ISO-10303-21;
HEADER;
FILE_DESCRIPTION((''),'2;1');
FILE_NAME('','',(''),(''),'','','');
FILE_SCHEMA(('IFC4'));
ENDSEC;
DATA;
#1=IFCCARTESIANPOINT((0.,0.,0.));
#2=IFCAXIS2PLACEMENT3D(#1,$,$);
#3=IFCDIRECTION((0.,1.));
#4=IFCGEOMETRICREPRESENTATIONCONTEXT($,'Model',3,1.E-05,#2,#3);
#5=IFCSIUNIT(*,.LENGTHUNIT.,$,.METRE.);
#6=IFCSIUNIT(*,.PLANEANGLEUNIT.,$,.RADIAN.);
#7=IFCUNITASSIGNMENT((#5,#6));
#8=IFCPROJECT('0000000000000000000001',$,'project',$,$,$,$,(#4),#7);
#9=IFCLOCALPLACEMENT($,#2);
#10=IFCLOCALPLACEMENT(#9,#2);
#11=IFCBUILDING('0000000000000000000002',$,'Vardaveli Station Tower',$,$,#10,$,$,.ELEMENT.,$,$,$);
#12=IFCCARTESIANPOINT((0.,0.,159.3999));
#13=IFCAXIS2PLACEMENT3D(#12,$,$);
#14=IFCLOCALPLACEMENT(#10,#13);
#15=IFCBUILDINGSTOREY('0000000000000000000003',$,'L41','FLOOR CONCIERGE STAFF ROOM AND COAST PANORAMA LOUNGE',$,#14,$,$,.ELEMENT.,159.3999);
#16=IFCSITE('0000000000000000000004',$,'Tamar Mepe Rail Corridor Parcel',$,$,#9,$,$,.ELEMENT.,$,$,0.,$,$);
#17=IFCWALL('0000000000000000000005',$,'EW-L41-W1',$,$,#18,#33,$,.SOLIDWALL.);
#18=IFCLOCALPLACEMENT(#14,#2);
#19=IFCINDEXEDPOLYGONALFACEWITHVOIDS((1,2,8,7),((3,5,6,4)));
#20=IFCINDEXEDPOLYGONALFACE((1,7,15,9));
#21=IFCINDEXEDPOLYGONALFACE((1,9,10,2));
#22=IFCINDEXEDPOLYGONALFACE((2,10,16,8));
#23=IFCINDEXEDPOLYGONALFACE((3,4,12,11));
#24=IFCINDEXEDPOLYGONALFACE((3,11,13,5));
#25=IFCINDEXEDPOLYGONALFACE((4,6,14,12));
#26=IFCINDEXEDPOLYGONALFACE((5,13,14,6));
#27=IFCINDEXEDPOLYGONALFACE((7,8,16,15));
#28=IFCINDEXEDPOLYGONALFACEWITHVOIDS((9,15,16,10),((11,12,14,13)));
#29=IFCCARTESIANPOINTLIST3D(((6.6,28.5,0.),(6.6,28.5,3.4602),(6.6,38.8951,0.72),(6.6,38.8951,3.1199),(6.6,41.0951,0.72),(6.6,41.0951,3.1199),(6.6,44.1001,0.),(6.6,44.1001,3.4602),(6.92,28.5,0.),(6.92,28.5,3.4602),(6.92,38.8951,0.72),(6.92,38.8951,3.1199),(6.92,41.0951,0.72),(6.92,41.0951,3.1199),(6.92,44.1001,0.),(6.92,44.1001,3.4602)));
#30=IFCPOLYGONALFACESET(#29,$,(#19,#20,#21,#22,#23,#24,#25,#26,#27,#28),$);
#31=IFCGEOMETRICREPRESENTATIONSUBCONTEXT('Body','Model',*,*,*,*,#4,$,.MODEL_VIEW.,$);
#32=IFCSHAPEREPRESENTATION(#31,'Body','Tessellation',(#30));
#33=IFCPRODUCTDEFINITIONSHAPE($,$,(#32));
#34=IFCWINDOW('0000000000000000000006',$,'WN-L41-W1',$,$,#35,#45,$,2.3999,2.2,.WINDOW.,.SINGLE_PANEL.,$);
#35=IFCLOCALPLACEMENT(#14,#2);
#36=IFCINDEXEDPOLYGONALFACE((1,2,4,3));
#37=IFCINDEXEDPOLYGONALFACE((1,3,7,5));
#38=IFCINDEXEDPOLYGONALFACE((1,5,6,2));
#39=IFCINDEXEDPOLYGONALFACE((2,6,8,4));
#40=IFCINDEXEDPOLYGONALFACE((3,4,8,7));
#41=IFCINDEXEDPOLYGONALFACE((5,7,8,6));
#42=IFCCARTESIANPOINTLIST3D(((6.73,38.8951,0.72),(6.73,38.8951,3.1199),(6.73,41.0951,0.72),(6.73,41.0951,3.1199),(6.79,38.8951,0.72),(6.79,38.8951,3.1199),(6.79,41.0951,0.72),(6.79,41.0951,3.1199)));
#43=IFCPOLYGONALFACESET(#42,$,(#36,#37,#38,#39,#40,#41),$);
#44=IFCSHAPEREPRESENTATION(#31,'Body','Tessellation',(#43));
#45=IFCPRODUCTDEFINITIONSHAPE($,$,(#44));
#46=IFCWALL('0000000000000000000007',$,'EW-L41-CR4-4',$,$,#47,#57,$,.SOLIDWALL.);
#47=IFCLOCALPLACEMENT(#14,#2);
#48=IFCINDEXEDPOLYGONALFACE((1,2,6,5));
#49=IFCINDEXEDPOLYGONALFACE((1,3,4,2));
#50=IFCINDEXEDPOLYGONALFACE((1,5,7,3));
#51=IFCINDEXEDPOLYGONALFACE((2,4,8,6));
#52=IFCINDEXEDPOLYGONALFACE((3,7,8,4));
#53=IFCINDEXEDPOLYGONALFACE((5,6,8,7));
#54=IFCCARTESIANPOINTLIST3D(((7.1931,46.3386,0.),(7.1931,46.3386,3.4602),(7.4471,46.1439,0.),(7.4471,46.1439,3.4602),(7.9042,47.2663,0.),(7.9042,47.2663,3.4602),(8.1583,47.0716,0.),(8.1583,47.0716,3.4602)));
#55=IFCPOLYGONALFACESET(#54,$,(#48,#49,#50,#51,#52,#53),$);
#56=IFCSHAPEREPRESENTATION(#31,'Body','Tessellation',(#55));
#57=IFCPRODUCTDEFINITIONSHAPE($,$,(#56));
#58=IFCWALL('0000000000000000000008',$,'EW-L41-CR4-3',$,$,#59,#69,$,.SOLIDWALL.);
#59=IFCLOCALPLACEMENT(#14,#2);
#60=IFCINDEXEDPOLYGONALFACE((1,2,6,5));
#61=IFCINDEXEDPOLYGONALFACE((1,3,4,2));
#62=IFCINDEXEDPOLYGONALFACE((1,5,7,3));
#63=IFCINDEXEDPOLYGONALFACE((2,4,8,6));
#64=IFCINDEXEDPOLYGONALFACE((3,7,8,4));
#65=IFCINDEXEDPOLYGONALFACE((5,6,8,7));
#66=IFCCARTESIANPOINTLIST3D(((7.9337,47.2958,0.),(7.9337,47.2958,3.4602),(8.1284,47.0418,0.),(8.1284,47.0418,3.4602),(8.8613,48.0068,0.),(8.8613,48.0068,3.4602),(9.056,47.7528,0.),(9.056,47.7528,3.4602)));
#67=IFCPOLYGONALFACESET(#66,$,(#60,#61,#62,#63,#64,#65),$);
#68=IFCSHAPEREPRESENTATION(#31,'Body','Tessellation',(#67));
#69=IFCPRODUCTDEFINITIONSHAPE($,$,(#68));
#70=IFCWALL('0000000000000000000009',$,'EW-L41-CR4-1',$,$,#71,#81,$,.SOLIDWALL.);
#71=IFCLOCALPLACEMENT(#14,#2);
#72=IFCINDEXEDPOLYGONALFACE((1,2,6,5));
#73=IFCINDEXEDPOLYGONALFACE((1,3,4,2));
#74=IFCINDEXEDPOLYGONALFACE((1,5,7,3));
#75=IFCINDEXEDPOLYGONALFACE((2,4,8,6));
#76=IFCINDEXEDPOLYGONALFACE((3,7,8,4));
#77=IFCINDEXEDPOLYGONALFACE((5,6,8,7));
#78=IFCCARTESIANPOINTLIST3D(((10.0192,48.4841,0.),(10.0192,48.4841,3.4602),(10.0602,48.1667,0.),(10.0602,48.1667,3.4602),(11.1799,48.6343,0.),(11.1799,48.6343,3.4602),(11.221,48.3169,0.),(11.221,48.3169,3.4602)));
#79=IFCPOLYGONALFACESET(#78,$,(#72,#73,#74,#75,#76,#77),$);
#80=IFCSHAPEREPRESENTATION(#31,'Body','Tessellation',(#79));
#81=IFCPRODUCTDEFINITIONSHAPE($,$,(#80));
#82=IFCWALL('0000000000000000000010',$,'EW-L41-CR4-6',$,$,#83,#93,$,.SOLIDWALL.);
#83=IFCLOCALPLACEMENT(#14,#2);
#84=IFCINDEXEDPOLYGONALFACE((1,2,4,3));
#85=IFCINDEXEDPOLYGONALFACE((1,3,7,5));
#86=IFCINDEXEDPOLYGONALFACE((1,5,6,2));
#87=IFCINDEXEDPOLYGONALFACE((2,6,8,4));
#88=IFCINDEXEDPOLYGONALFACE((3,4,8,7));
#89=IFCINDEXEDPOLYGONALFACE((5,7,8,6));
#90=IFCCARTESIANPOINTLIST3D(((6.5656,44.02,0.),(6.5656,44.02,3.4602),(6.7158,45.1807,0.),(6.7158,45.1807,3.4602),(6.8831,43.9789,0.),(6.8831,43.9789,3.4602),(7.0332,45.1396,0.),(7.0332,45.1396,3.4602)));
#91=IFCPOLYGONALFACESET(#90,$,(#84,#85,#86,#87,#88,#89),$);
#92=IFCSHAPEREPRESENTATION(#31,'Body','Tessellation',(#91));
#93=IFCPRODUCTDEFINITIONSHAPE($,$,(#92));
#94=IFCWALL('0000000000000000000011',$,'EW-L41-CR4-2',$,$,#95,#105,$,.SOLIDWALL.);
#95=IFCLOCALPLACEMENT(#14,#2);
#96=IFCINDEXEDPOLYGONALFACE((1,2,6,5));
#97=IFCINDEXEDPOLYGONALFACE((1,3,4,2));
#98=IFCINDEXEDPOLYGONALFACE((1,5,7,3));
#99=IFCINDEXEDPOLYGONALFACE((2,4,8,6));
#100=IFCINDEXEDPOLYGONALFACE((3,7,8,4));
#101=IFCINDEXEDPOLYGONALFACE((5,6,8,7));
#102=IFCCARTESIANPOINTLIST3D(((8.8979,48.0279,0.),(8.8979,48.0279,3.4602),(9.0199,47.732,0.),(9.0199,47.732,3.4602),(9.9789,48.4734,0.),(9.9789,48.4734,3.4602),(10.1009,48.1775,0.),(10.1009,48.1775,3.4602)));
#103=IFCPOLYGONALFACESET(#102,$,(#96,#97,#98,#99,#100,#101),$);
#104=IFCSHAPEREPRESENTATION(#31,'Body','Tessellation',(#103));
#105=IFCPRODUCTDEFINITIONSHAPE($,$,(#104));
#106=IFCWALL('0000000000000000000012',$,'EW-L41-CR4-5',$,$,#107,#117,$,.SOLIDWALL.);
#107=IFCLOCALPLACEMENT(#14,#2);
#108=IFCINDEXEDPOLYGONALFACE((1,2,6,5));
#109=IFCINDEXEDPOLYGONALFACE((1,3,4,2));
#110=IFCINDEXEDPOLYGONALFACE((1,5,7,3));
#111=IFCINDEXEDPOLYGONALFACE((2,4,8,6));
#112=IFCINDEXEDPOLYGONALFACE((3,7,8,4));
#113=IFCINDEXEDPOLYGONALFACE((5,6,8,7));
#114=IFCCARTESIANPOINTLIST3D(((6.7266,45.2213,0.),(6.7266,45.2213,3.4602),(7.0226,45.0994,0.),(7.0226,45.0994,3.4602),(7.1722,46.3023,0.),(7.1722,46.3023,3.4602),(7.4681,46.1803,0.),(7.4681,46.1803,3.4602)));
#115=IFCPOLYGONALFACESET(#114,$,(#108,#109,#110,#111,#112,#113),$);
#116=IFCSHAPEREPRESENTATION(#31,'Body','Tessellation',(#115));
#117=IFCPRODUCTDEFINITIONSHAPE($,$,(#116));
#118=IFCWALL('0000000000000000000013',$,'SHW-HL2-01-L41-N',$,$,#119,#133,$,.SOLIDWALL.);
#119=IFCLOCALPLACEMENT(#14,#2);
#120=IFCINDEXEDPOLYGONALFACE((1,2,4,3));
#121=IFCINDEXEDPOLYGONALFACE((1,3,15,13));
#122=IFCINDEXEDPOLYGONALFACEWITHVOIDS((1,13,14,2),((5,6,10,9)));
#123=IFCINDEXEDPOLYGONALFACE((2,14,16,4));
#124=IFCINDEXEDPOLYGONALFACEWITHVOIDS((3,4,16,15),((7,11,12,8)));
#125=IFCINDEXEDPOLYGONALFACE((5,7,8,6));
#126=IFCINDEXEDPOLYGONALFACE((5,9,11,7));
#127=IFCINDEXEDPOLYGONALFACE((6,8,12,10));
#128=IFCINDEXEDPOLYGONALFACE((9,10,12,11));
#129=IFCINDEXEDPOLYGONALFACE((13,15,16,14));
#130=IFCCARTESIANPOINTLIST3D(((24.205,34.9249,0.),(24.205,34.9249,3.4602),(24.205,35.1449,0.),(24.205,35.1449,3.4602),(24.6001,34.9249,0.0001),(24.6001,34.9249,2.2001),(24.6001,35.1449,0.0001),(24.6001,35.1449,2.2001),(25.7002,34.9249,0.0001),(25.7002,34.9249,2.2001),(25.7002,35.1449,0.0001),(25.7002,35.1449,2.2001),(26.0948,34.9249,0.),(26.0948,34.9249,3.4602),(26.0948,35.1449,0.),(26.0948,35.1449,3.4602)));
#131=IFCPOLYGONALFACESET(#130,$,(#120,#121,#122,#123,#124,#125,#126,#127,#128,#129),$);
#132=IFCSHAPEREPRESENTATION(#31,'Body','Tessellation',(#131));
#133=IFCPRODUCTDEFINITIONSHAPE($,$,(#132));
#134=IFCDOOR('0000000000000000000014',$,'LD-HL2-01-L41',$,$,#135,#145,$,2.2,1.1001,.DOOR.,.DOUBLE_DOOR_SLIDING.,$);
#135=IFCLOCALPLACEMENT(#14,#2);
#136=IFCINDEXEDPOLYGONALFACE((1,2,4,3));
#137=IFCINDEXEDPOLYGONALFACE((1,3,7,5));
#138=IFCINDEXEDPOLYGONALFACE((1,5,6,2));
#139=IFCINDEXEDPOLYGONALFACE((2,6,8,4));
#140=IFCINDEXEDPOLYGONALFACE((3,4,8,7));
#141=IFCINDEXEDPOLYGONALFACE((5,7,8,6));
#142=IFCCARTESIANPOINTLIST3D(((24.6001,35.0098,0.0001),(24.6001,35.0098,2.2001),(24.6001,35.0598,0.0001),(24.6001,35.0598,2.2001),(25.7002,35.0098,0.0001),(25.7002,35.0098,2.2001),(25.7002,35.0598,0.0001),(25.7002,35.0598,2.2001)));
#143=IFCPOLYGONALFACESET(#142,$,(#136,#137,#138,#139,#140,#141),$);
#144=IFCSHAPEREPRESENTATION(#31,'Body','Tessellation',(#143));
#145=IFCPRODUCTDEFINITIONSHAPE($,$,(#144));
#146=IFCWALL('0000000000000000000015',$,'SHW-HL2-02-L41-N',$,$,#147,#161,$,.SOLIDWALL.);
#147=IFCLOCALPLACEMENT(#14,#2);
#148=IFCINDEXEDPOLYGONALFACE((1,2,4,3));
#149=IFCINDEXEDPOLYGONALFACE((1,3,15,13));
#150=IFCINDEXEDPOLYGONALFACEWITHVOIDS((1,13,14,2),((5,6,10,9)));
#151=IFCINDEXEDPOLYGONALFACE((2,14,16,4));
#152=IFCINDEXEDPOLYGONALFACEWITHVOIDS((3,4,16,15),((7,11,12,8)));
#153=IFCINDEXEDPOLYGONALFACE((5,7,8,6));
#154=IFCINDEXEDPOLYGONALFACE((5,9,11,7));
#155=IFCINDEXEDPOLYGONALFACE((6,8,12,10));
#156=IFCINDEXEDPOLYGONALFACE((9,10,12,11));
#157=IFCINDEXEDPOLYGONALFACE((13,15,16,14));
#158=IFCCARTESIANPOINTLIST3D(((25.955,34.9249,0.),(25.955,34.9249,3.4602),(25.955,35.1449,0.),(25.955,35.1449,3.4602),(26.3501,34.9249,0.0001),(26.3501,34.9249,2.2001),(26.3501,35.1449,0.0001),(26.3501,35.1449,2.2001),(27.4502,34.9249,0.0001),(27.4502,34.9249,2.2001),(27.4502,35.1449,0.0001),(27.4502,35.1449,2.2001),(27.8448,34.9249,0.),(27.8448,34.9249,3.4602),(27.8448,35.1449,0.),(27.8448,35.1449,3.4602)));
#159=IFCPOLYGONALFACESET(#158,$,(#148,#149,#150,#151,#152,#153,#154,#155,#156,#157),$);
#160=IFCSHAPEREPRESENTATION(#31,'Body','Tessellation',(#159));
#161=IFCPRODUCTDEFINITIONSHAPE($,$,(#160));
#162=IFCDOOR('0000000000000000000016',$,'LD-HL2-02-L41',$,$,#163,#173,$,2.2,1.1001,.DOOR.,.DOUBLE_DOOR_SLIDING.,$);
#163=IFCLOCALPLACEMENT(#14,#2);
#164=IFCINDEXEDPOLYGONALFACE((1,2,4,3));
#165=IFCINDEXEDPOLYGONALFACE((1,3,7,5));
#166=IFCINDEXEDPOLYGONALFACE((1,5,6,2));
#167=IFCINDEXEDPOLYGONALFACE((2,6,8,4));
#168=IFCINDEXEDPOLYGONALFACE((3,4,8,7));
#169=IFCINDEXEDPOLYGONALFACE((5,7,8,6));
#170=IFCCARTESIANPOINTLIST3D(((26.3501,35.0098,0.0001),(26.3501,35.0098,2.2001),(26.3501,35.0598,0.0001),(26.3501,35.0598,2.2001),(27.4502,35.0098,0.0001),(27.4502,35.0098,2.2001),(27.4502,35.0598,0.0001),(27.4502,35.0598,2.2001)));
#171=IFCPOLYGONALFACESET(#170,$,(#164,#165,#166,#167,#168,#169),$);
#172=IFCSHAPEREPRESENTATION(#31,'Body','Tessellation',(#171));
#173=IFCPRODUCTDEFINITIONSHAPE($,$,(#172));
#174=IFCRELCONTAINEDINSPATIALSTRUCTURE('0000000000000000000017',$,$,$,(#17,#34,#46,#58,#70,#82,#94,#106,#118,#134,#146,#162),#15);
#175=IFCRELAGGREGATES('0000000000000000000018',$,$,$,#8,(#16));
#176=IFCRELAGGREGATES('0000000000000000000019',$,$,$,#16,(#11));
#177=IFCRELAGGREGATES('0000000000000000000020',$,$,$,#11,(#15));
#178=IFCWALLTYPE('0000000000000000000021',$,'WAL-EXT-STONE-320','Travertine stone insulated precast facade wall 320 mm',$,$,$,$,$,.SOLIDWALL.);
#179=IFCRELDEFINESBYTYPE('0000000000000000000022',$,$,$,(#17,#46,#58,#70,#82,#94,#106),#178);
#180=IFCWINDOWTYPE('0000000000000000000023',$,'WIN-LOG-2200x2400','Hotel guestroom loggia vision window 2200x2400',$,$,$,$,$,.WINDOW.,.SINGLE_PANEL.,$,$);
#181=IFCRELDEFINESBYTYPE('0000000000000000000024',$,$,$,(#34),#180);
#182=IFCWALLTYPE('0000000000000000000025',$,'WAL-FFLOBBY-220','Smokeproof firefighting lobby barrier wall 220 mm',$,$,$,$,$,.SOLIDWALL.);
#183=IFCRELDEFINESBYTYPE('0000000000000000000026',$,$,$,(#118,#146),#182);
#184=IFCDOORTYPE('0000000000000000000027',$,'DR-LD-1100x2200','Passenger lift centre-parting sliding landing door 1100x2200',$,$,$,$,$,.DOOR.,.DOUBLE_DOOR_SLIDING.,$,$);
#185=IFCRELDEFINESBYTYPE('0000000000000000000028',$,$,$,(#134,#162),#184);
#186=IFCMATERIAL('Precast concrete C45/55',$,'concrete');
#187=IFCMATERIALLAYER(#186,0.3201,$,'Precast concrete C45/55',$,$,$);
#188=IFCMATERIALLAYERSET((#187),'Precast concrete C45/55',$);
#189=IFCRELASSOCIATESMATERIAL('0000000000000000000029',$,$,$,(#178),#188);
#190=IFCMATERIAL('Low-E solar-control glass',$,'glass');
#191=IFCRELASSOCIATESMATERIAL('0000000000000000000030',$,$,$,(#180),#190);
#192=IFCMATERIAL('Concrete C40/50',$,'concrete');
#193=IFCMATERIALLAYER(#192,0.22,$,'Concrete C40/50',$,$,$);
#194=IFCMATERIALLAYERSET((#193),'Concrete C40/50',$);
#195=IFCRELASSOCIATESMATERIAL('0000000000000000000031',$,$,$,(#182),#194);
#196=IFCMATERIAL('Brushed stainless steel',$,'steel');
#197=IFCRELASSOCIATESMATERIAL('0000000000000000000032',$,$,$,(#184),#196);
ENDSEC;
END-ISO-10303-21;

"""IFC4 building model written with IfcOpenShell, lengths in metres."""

from ifc_helpers import new_model, si_unit, direction, frame, frame_2d, origin, place, context, subcontext, project, spatial, rectangle, extrude, source, transform, mapped, material, layer, layer_set, type_object, element, fill, save


model = new_model("IFC4")

# Units and contexts
model_context = context("Model", 3, precision=1e-05, world=origin(), true_north=direction((0.0, 1.0)))
body_context = subcontext(model_context, "Body", "Model", "MODEL_VIEW")
ifc_project = project(units=[si_unit("LENGTHUNIT", "METRE"), si_unit("PLANEANGLEUNIT", "RADIAN")], contexts=[model_context])

# Site, building, storey
site_placement = place(None, origin())
site = spatial("IfcSite", under=ifc_project, at=site_placement, Name="Tamar Mepe Rail Corridor Parcel", CompositionType="ELEMENT", RefElevation=0.0)
building_placement = place(site_placement, origin())
building = spatial("IfcBuilding", under=site, at=building_placement, Name="Vardaveli Station Tower", CompositionType="ELEMENT")
storey_placement = place(building_placement, frame((0.0, 0.0, 159.3999)))
storey = spatial("IfcBuildingStorey", under=building, at=storey_placement, Name="L41", Description="FLOOR CONCIERGE STAFF ROOM AND COAST PANORAMA LOUNGE", CompositionType="ELEMENT", Elevation=159.3999)

# Shared definitions
ifc_material_1 = material(Name="Precast concrete C45/55", Category="concrete")

# Wall, opening, window
ifc_layer_1 = layer(ifc_material_1, 0.3201, Name="Precast concrete C45/55")
ifc_layer_set_1 = layer_set([ifc_layer_1], Name="Precast concrete C45/55")
wall_type_1 = type_object("IfcWallType", Name="WAL-EXT-STONE-320", Description="Travertine stone insulated precast facade wall 320 mm", PredefinedType="SOLIDWALL", material=ifc_layer_set_1)
shared_shape_1 = source(origin(), body_context, "Body", "SweptSolid", [
    extrude(rectangle(XDim=15.6001, YDim=0.3201, at=frame_2d((7.8, 0.0))), origin(), (0.0, 0.0, 1.0), 3.4602),
])
wall_1_placement = place(storey_placement, frame((6.76, 44.1001, 0.0), z_axis=(0.0, 0.0, 1.0), x_axis=(0.0, -1.0, 0.0)))
wall_1 = element("IfcWall", 1, at=wall_1_placement, inside=storey, type_object=wall_type_1, Name="EW-L41-W1", PredefinedType="SOLIDWALL", context=body_context, shape_type="MappedRepresentation", body=[
    mapped(shared_shape_1, transform((0.0, 0.0, 0.0), scale=1.0)),
])
shared_shape_2 = source(origin(), body_context, "Body", "SweptSolid", [
    extrude(rectangle(XDim=2.2, YDim=2.3999, at=frame_2d((1.1001, 1.2))), frame((0.0, 0.1699, 0.0), z_axis=(0.0, -1.0, 0.0), x_axis=(1.0, 0.0, 0.0)), (0.0, 0.0, 1.0), 0.3401),
])
opening_1_placement = place(wall_1_placement, frame((3.0049, 0.0, 0.72)))
opening_1 = element("IfcOpeningElement", 2, at=opening_1_placement, cuts=wall_1, PredefinedType="OPENING", context=body_context, shape_type="MappedRepresentation", body=[
    mapped(shared_shape_2, transform((0.0, 0.0, 0.0), scale=1.0)),
])
ifc_material_2 = material(Name="Low-E solar-control glass", Category="glass")
window_type = type_object("IfcWindowType", Name="WIN-LOG-2200x2400", Description="Hotel guestroom loggia vision window 2200x2400", PartitioningType="SINGLE_PANEL", PredefinedType="WINDOW", material=ifc_material_2)
shared_shape_3 = source(origin(), body_context, "Body", "SweptSolid", [
    extrude(rectangle(XDim=2.2, YDim=2.3999, at=frame_2d((1.1001, 1.2))), frame((0.0, 0.03, 0.0), z_axis=(0.0, -1.0, 0.0), x_axis=(1.0, 0.0, 0.0)), (0.0, 0.0, 1.0), 0.0601),
])
window_placement = place(opening_1_placement, origin())
window = element("IfcWindow", 3, at=window_placement, inside=storey, type_object=window_type, Name="WN-L41-W1", OverallHeight=2.3999, OverallWidth=2.2, PartitioningType="SINGLE_PANEL", PredefinedType="WINDOW", context=body_context, shape_type="MappedRepresentation", body=[
    mapped(shared_shape_3, transform((0.0, 0.0, 0.0), scale=1.0)),
])
fill(opening_1, window)

# Walls
shared_shape_4 = source(origin(), body_context, "Body", "SweptSolid", [
    extrude(rectangle(XDim=1.1689, YDim=0.3201, at=frame_2d((0.5845, 0.0))), origin(), (0.0, 0.0, 1.0), 3.4602),
])
wall_2_placement = place(storey_placement, frame((8.0312, 47.1689, 0.0), z_axis=(0.0, 0.0, 1.0), x_axis=(-0.608388, -0.79364, 0.0)))
element("IfcWall", 4, at=wall_2_placement, inside=storey, type_object=wall_type_1, Name="EW-L41-CR4-4", PredefinedType="SOLIDWALL", context=body_context, shape_type="MappedRepresentation", body=[
    mapped(shared_shape_4, transform((0.0, 0.0, 0.0), scale=1.0)),
])
shared_shape_5 = source(origin(), body_context, "Body", "SweptSolid", [
    extrude(rectangle(XDim=1.1687, YDim=0.3201, at=frame_2d((0.5845, 0.0))), origin(), (0.0, 0.0, 1.0), 3.4602),
])
wall_3_placement = place(storey_placement, frame((8.9587, 47.8799, 0.0), z_axis=(0.0, 0.0, 1.0), x_axis=(-0.793664, -0.608357, 0.0)))
element("IfcWall", 5, at=wall_3_placement, inside=storey, type_object=wall_type_1, Name="EW-L41-CR4-3", PredefinedType="SOLIDWALL", context=body_context, shape_type="MappedRepresentation", body=[
    mapped(shared_shape_5, transform((0.0, 0.0, 0.0), scale=1.0)),
])
shared_shape_6 = source(origin(), body_context, "Body", "SweptSolid", [
    extrude(rectangle(XDim=1.1704, YDim=0.3201, at=frame_2d((0.5852, 0.0))), origin(), (0.0, 0.0, 1.0), 3.4602),
])
for number, where, z_axis, x_axis, name in (
    (6, (11.2004, 48.4756, 0.0), (0.0, 0.0, 1.0), (-0.991736, -0.128296, 0.0), "EW-L41-CR4-1"),
    (7, (6.8745, 45.1602, 0.0), (0.0, 0.0, 1.0), (-0.128296, -0.991736, 0.0), "EW-L41-CR4-6"),
):
    element("IfcWall", number, at=place(storey_placement, frame(where, z_axis=z_axis, x_axis=x_axis)), inside=storey, type_object=wall_type_1, Name=name, PredefinedType="SOLIDWALL", context=body_context, shape_type="MappedRepresentation", body=[
        mapped(shared_shape_6, transform((0.0, 0.0, 0.0), scale=1.0)),
    ])
shared_shape_7 = source(origin(), body_context, "Body", "SweptSolid", [
    extrude(rectangle(XDim=1.1692, YDim=0.3201, at=frame_2d((0.5845, 0.0))), origin(), (0.0, 0.0, 1.0), 3.4602),
])
for number, where, z_axis, x_axis, name in (
    (8, (10.0398, 48.3254, 0.0), (0.0, 0.0, 1.0), (-0.924553, -0.381054, 0.0), "EW-L41-CR4-2"),
    (9, (7.3201, 46.2412, 0.0), (0.0, 0.0, 1.0), (-0.381054, -0.924553, 0.0), "EW-L41-CR4-5"),
):
    element("IfcWall", number, at=place(storey_placement, frame(where, z_axis=z_axis, x_axis=x_axis)), inside=storey, type_object=wall_type_1, Name=name, PredefinedType="SOLIDWALL", context=body_context, shape_type="MappedRepresentation", body=[
        mapped(shared_shape_7, transform((0.0, 0.0, 0.0), scale=1.0)),
    ])

# Walls, openings, doors
ifc_material_3 = material(Name="Concrete C40/50", Category="concrete")
ifc_layer_2 = layer(ifc_material_3, 0.22, Name="Concrete C40/50")
ifc_layer_set_2 = layer_set([ifc_layer_2], Name="Concrete C40/50")
wall_type_2 = type_object("IfcWallType", Name="WAL-FFLOBBY-220", Description="Smokeproof firefighting lobby barrier wall 220 mm", PredefinedType="SOLIDWALL", material=ifc_layer_set_2)
shared_shape_8 = source(origin(), body_context, "Body", "SweptSolid", [
    extrude(rectangle(XDim=1.8899, YDim=0.22, at=frame_2d((0.9448, 0.0))), origin(), (0.0, 0.0, 1.0), 3.4602),
])
wall_4_placement = place(storey_placement, frame((24.2051, 35.0349, 0.0), z_axis=(0.0, 0.0, 1.0), x_axis=(1.0, 0.0, 0.0)))
wall_4 = element("IfcWall", 10, at=wall_4_placement, inside=storey, type_object=wall_type_2, Name="SHW-HL2-01-L41-N", PredefinedType="SOLIDWALL", context=body_context, shape_type="MappedRepresentation", body=[
    mapped(shared_shape_8, transform((0.0, 0.0, 0.0), scale=1.0)),
])
shared_shape_9 = source(origin(), body_context, "Body", "SweptSolid", [
    extrude(rectangle(XDim=1.1001, YDim=2.2, at=frame_2d((0.55, 1.1001))), frame((0.0, 0.1201, 0.0), z_axis=(0.0, -1.0, 0.0), x_axis=(1.0, 0.0, 0.0)), (0.0, 0.0, 1.0), 0.24),
])
opening_2_placement = place(wall_4_placement, frame((0.395, 0.0, 0.0)))
opening_2 = element("IfcOpeningElement", 11, at=opening_2_placement, cuts=wall_4, PredefinedType="OPENING", context=body_context, shape_type="MappedRepresentation", body=[
    mapped(shared_shape_9, transform((0.0, 0.0, 0.0), scale=1.0)),
])
ifc_material_4 = material(Name="Brushed stainless steel", Category="steel")
door_type_1 = type_object("IfcDoorType", Name="DR-LD-1100x2200", Description="Passenger lift centre-parting sliding landing door 1100x2200", OperationType="DOUBLE_DOOR_SLIDING", PredefinedType="DOOR", material=ifc_material_4)
shared_shape_10 = source(origin(), body_context, "Body", "SweptSolid", [
    extrude(rectangle(XDim=1.1001, YDim=2.2, at=frame_2d((0.55, 1.1001))), frame((0.0, 0.0249, 0.0), z_axis=(0.0, -1.0, 0.0), x_axis=(1.0, 0.0, 0.0)), (0.0, 0.0, 1.0), 0.05),
])
door_1_placement = place(opening_2_placement, origin())
door_1 = element("IfcDoor", 12, at=door_1_placement, inside=storey, type_object=door_type_1, Name="LD-HL2-01-L41", OperationType="DOUBLE_DOOR_SLIDING", OverallHeight=2.2, OverallWidth=1.1001, PredefinedType="DOOR", context=body_context, shape_type="MappedRepresentation", body=[
    mapped(shared_shape_10, transform((0.0, 0.0, 0.0), scale=1.0)),
])
fill(opening_2, door_1)
wall_5_placement = place(storey_placement, frame((25.9551, 35.0349, 0.0), z_axis=(0.0, 0.0, 1.0), x_axis=(1.0, 0.0, 0.0)))
wall_5 = element("IfcWall", 13, at=wall_5_placement, inside=storey, type_object=wall_type_2, Name="SHW-HL2-02-L41-N", PredefinedType="SOLIDWALL", context=body_context, shape_type="MappedRepresentation", body=[
    mapped(shared_shape_8, transform((0.0, 0.0, 0.0), scale=1.0)),
])
opening_3_placement = place(wall_5_placement, frame((0.395, 0.0, 0.0)))
opening_3 = element("IfcOpeningElement", 14, at=opening_3_placement, cuts=wall_5, PredefinedType="OPENING", context=body_context, shape_type="MappedRepresentation", body=[
    mapped(shared_shape_9, transform((0.0, 0.0, 0.0), scale=1.0)),
])
door_2_placement = place(opening_3_placement, origin())
door_2 = element("IfcDoor", 15, at=door_2_placement, inside=storey, type_object=door_type_1, Name="LD-HL2-02-L41", OperationType="DOUBLE_DOOR_SLIDING", OverallHeight=2.2, OverallWidth=1.1001, PredefinedType="DOOR", context=body_context, shape_type="MappedRepresentation", body=[
    mapped(shared_shape_10, transform((0.0, 0.0, 0.0), scale=1.0)),
])
fill(opening_3, door_2)

save(model, "model.ifc")
